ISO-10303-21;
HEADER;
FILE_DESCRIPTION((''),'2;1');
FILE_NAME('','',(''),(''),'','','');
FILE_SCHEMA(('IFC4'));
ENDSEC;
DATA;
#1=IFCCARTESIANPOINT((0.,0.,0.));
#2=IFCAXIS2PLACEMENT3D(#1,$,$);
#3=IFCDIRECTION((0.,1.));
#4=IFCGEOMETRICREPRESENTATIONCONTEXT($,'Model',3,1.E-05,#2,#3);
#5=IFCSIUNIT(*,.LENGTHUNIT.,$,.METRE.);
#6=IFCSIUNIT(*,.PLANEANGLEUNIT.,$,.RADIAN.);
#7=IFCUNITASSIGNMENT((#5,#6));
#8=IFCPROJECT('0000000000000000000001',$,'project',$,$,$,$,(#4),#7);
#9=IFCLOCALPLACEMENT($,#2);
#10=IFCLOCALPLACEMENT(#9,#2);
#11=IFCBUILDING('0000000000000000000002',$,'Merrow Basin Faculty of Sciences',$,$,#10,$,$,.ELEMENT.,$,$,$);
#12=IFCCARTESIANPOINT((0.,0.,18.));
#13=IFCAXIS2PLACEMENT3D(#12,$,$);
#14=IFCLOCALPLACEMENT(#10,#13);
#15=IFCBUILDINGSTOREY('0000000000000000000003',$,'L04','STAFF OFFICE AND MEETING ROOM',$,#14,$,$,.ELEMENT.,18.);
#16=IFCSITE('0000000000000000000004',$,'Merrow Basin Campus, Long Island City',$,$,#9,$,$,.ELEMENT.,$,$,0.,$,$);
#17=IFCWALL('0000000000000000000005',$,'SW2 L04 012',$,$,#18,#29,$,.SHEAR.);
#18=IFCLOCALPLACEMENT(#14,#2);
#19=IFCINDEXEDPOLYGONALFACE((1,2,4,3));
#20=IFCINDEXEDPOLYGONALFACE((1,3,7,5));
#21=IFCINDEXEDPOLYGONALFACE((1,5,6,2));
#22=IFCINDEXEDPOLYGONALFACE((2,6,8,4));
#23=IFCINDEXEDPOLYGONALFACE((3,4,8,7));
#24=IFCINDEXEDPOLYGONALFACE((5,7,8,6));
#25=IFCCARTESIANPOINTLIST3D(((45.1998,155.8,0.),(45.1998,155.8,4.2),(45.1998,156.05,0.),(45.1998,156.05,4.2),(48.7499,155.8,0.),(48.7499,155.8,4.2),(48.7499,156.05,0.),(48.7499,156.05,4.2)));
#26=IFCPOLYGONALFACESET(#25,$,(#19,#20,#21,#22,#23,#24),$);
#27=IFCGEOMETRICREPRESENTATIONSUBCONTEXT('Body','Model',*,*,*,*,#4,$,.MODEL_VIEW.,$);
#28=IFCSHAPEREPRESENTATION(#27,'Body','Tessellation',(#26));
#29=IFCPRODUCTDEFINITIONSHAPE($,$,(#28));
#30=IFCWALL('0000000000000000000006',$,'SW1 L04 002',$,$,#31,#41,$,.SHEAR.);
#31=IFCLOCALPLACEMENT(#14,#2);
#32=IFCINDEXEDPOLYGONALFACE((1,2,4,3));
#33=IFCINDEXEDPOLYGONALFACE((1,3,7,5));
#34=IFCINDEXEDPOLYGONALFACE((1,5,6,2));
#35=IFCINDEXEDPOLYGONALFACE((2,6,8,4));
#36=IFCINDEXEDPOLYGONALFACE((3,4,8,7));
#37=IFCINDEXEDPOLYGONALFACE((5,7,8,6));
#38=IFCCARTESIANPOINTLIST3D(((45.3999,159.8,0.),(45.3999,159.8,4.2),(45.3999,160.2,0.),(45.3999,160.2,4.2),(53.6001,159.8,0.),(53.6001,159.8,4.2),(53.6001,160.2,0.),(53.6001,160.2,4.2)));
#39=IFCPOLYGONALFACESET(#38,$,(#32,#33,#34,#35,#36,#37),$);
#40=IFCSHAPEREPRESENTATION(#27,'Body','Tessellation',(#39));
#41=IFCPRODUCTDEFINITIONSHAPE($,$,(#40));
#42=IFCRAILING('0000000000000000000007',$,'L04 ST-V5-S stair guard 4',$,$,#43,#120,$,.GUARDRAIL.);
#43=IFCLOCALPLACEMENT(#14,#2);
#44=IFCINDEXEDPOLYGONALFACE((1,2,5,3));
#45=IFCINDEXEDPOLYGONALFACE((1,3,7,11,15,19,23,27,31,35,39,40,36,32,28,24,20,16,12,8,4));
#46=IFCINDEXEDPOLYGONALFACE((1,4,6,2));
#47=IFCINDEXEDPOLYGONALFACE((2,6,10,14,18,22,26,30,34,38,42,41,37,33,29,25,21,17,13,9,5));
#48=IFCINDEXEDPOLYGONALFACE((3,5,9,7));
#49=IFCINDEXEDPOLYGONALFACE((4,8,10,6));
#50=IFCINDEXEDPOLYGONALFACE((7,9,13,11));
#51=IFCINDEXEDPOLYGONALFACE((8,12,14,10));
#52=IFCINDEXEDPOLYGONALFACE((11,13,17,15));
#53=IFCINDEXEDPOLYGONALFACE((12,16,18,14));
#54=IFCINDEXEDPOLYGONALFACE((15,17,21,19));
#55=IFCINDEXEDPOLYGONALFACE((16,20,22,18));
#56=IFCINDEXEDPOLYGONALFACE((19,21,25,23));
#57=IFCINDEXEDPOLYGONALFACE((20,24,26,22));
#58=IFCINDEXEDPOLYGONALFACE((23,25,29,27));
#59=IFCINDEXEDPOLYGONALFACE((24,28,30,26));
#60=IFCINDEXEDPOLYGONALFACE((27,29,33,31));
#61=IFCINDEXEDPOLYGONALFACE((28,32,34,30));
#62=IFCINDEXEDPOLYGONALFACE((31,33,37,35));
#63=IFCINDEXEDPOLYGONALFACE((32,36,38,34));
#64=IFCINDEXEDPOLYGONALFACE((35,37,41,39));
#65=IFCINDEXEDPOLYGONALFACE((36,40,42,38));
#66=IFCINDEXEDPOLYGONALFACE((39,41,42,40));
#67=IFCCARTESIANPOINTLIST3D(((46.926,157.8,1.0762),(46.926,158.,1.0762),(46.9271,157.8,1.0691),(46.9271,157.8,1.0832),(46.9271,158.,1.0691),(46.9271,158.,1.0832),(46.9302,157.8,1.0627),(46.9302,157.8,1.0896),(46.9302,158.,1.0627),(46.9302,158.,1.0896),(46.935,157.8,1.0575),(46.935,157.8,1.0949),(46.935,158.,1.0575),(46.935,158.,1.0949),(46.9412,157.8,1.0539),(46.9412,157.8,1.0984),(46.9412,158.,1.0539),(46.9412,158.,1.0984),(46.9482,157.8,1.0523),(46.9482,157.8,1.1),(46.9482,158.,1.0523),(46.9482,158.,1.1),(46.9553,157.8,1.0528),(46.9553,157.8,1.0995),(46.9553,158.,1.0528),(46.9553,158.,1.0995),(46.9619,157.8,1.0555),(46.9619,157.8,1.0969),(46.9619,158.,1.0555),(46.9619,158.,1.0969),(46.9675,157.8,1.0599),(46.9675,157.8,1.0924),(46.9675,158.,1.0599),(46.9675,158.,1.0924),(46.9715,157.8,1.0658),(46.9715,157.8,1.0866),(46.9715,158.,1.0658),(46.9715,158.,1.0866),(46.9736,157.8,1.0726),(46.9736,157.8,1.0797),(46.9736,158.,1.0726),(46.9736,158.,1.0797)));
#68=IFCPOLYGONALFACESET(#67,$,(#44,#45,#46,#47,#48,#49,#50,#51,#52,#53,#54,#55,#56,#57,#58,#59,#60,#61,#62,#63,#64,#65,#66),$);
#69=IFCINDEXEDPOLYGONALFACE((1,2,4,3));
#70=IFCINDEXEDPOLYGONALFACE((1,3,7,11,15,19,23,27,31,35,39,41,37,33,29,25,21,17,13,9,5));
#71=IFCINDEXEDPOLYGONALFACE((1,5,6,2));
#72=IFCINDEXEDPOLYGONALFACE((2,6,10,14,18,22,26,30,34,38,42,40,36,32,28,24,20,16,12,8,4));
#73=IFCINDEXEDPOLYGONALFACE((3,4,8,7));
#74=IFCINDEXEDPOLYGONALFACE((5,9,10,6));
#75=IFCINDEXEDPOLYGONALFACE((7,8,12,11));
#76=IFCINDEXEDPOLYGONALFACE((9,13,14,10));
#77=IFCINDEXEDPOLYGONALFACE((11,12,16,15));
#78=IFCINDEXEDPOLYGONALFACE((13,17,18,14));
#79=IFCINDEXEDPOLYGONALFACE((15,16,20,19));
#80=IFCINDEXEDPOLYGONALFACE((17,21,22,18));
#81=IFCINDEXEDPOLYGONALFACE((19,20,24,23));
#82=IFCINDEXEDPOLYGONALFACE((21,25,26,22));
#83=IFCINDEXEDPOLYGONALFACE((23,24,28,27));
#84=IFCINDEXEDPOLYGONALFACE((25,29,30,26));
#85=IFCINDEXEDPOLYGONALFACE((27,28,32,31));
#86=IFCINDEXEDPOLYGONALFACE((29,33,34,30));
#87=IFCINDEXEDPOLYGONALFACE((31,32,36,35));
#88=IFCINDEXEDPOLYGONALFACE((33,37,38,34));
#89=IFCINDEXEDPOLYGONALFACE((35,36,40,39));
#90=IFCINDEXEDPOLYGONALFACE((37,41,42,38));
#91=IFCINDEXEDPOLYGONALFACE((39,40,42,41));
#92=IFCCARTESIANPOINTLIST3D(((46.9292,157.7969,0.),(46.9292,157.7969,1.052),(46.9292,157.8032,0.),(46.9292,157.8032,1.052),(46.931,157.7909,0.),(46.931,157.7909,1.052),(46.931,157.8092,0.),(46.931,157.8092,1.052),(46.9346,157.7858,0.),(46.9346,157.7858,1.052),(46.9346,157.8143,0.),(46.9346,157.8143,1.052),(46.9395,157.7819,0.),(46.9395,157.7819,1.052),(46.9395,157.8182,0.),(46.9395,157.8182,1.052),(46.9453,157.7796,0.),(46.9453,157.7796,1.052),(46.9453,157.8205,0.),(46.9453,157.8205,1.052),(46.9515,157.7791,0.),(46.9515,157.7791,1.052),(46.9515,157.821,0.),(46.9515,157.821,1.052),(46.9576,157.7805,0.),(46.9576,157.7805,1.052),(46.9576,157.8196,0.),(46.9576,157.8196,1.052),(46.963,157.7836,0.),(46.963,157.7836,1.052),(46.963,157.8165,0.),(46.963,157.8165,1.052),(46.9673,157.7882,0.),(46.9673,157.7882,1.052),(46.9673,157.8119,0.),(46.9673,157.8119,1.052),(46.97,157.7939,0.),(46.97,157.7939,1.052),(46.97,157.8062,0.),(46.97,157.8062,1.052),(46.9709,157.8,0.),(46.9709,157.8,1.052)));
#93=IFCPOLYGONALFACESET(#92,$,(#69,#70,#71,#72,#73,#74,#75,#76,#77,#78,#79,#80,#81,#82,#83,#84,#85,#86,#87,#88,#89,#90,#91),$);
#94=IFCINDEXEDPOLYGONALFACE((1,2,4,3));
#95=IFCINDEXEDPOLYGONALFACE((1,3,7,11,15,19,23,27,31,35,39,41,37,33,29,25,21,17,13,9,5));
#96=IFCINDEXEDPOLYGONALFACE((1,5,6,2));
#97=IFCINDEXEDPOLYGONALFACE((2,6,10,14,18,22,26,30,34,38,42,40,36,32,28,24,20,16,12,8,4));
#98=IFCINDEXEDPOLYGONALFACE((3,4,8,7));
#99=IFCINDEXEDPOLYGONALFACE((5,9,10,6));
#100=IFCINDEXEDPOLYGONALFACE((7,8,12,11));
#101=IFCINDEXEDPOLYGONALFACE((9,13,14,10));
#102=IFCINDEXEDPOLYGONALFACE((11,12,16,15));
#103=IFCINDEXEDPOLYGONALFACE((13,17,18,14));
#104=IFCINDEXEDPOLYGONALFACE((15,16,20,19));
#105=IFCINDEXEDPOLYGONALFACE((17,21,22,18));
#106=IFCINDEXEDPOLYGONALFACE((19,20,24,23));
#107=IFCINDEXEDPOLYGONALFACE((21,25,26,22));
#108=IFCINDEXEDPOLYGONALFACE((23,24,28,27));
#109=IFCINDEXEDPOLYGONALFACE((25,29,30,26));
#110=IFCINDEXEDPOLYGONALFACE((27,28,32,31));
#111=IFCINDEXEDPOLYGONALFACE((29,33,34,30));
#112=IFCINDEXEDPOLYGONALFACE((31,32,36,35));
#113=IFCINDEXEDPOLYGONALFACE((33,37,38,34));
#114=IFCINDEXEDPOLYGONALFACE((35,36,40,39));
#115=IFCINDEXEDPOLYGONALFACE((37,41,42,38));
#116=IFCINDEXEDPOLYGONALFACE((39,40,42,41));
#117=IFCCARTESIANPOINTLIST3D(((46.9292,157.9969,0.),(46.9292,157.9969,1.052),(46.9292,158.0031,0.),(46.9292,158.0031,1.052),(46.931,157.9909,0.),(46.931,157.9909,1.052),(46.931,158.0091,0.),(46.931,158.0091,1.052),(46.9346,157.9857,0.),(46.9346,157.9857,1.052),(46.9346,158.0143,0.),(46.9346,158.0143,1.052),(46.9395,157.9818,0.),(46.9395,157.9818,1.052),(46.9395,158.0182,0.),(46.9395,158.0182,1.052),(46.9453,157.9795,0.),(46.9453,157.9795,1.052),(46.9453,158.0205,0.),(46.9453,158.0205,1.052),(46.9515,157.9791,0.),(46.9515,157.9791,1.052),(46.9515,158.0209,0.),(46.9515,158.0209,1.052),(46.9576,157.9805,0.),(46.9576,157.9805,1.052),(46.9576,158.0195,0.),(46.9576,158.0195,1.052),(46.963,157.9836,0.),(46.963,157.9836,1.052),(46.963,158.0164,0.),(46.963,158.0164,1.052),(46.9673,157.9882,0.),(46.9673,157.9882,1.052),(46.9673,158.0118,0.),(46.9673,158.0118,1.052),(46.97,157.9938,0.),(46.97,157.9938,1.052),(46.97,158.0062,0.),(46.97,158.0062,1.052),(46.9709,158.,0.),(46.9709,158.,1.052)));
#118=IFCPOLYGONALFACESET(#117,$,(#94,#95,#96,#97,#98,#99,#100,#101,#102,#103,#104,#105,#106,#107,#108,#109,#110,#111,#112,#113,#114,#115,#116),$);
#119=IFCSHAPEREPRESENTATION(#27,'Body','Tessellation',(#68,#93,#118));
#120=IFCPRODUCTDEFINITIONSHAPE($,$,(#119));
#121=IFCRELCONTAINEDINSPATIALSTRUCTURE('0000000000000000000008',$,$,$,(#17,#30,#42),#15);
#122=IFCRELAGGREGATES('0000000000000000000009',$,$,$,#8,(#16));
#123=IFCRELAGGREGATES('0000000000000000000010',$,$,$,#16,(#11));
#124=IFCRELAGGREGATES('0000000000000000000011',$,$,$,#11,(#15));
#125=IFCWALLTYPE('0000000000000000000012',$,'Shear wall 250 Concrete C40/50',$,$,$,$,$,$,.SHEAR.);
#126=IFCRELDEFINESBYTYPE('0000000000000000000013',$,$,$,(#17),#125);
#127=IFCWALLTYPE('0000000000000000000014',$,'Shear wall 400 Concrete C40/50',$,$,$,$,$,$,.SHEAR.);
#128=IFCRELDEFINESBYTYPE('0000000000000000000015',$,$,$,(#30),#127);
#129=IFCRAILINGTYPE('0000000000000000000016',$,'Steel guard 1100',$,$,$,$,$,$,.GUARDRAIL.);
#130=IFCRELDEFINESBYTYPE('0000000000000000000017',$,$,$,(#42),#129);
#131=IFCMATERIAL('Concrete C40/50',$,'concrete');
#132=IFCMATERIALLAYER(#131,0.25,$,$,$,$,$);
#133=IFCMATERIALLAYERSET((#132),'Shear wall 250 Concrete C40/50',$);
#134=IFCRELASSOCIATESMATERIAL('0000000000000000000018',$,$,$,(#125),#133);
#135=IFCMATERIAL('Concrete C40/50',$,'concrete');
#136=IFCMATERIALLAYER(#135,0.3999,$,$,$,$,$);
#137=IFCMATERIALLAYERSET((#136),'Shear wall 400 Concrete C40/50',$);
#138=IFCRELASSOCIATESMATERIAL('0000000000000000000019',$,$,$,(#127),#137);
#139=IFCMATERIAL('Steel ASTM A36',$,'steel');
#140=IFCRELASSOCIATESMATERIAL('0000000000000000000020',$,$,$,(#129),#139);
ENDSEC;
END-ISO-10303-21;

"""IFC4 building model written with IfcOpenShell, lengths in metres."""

from ifc_helpers import new_model, si_unit, direction, frame, frame_2d, origin, origin_2d, place, context, subcontext, project, spatial, rectangle, circle, extrude, material, layer, layer_set, type_object, element, save


model = new_model("IFC4")

# Units and contexts
model_context = context("Model", 3, precision=1e-05, world=origin(), true_north=direction((0.0, 1.0)))
body_context = subcontext(model_context, "Body", "Model", "MODEL_VIEW")
ifc_project = project(units=[si_unit("LENGTHUNIT", "METRE"), si_unit("PLANEANGLEUNIT", "RADIAN")], contexts=[model_context])

# Site, building, storey
site_placement = place(None, origin())
site = spatial("IfcSite", under=ifc_project, at=site_placement, Name="Merrow Basin Campus, Long Island City", CompositionType="ELEMENT", RefElevation=0.0)
building_placement = place(site_placement, origin())
building = spatial("IfcBuilding", under=site, at=building_placement, Name="Merrow Basin Faculty of Sciences", CompositionType="ELEMENT")
storey_placement = place(building_placement, frame((0.0, 0.0, 18.0)))
storey = spatial("IfcBuildingStorey", under=building, at=storey_placement, Name="L04", Description="STAFF OFFICE AND MEETING ROOM", CompositionType="ELEMENT", Elevation=18.0)

# Walls
ifc_material_1 = material(Name="Concrete C40/50", Category="concrete")
ifc_layer_1 = layer(ifc_material_1, 0.25)
ifc_layer_set_1 = layer_set([ifc_layer_1], Name="Shear wall 250 Concrete C40/50")
wall_type_1 = type_object("IfcWallType", Name="Shear wall 250 Concrete C40/50", PredefinedType="SHEAR", material=ifc_layer_set_1)
wall_1_placement = place(storey_placement, frame((45.2, 155.925, 0.0), z_axis=(0.0, 0.0, 1.0), x_axis=(1.0, 0.0, 0.0)))
element("IfcWall", 1, at=wall_1_placement, inside=storey, type_object=wall_type_1, Name="SW2 L04 012", PredefinedType="SHEAR", context=body_context, shape_type="SweptSolid", body=[
    extrude(rectangle(XDim=3.55, YDim=0.25, at=frame_2d((1.7749, 0.0))), origin(), (0.0, 0.0, 1.0), 4.2),
])
ifc_material_2 = material(Name="Concrete C40/50", Category="concrete")
ifc_layer_2 = layer(ifc_material_2, 0.3999)
ifc_layer_set_2 = layer_set([ifc_layer_2], Name="Shear wall 400 Concrete C40/50")
wall_type_2 = type_object("IfcWallType", Name="Shear wall 400 Concrete C40/50", PredefinedType="SHEAR", material=ifc_layer_set_2)
wall_2_placement = place(storey_placement, frame((45.3999, 160.0, 0.0), z_axis=(0.0, 0.0, 1.0), x_axis=(1.0, 0.0, 0.0)))
element("IfcWall", 2, at=wall_2_placement, inside=storey, type_object=wall_type_2, Name="SW1 L04 002", PredefinedType="SHEAR", context=body_context, shape_type="SweptSolid", body=[
    extrude(rectangle(XDim=8.2002, YDim=0.3999, at=frame_2d((4.1001, 0.0))), origin(), (0.0, 0.0, 1.0), 4.2),
])

# Railing
ifc_material_3 = material(Name="Steel ASTM A36", Category="steel")
railing_type_1 = type_object("IfcRailingType", Name="Steel guard 1100", PredefinedType="GUARDRAIL", material=ifc_material_3)
railing_1_placement = place(storey_placement, frame((46.95, 157.8, 0.0)))
element("IfcRailing", 3, at=railing_1_placement, inside=storey, type_object=railing_type_1, Name="L04 ST-V5-S stair guard 4", PredefinedType="GUARDRAIL", context=body_context, shape_type="SweptSolid", body=[
    extrude(circle(Radius=0.0239, at=origin_2d()), frame((0.0, 0.0, 1.0762), z_axis=(0.0, 1.0, 0.0), x_axis=(-1.0, 0.0, 0.0)), (0.0, 0.0, 1.0), 0.2),
    extrude(circle(Radius=0.021, at=origin_2d()), origin(), (0.0, 0.0, 1.0), 1.052),
    extrude(circle(Radius=0.021, at=origin_2d()), frame((0.0, 0.2, 0.0)), (0.0, 0.0, 1.0), 1.052),
])

save(model, "model.ifc")
